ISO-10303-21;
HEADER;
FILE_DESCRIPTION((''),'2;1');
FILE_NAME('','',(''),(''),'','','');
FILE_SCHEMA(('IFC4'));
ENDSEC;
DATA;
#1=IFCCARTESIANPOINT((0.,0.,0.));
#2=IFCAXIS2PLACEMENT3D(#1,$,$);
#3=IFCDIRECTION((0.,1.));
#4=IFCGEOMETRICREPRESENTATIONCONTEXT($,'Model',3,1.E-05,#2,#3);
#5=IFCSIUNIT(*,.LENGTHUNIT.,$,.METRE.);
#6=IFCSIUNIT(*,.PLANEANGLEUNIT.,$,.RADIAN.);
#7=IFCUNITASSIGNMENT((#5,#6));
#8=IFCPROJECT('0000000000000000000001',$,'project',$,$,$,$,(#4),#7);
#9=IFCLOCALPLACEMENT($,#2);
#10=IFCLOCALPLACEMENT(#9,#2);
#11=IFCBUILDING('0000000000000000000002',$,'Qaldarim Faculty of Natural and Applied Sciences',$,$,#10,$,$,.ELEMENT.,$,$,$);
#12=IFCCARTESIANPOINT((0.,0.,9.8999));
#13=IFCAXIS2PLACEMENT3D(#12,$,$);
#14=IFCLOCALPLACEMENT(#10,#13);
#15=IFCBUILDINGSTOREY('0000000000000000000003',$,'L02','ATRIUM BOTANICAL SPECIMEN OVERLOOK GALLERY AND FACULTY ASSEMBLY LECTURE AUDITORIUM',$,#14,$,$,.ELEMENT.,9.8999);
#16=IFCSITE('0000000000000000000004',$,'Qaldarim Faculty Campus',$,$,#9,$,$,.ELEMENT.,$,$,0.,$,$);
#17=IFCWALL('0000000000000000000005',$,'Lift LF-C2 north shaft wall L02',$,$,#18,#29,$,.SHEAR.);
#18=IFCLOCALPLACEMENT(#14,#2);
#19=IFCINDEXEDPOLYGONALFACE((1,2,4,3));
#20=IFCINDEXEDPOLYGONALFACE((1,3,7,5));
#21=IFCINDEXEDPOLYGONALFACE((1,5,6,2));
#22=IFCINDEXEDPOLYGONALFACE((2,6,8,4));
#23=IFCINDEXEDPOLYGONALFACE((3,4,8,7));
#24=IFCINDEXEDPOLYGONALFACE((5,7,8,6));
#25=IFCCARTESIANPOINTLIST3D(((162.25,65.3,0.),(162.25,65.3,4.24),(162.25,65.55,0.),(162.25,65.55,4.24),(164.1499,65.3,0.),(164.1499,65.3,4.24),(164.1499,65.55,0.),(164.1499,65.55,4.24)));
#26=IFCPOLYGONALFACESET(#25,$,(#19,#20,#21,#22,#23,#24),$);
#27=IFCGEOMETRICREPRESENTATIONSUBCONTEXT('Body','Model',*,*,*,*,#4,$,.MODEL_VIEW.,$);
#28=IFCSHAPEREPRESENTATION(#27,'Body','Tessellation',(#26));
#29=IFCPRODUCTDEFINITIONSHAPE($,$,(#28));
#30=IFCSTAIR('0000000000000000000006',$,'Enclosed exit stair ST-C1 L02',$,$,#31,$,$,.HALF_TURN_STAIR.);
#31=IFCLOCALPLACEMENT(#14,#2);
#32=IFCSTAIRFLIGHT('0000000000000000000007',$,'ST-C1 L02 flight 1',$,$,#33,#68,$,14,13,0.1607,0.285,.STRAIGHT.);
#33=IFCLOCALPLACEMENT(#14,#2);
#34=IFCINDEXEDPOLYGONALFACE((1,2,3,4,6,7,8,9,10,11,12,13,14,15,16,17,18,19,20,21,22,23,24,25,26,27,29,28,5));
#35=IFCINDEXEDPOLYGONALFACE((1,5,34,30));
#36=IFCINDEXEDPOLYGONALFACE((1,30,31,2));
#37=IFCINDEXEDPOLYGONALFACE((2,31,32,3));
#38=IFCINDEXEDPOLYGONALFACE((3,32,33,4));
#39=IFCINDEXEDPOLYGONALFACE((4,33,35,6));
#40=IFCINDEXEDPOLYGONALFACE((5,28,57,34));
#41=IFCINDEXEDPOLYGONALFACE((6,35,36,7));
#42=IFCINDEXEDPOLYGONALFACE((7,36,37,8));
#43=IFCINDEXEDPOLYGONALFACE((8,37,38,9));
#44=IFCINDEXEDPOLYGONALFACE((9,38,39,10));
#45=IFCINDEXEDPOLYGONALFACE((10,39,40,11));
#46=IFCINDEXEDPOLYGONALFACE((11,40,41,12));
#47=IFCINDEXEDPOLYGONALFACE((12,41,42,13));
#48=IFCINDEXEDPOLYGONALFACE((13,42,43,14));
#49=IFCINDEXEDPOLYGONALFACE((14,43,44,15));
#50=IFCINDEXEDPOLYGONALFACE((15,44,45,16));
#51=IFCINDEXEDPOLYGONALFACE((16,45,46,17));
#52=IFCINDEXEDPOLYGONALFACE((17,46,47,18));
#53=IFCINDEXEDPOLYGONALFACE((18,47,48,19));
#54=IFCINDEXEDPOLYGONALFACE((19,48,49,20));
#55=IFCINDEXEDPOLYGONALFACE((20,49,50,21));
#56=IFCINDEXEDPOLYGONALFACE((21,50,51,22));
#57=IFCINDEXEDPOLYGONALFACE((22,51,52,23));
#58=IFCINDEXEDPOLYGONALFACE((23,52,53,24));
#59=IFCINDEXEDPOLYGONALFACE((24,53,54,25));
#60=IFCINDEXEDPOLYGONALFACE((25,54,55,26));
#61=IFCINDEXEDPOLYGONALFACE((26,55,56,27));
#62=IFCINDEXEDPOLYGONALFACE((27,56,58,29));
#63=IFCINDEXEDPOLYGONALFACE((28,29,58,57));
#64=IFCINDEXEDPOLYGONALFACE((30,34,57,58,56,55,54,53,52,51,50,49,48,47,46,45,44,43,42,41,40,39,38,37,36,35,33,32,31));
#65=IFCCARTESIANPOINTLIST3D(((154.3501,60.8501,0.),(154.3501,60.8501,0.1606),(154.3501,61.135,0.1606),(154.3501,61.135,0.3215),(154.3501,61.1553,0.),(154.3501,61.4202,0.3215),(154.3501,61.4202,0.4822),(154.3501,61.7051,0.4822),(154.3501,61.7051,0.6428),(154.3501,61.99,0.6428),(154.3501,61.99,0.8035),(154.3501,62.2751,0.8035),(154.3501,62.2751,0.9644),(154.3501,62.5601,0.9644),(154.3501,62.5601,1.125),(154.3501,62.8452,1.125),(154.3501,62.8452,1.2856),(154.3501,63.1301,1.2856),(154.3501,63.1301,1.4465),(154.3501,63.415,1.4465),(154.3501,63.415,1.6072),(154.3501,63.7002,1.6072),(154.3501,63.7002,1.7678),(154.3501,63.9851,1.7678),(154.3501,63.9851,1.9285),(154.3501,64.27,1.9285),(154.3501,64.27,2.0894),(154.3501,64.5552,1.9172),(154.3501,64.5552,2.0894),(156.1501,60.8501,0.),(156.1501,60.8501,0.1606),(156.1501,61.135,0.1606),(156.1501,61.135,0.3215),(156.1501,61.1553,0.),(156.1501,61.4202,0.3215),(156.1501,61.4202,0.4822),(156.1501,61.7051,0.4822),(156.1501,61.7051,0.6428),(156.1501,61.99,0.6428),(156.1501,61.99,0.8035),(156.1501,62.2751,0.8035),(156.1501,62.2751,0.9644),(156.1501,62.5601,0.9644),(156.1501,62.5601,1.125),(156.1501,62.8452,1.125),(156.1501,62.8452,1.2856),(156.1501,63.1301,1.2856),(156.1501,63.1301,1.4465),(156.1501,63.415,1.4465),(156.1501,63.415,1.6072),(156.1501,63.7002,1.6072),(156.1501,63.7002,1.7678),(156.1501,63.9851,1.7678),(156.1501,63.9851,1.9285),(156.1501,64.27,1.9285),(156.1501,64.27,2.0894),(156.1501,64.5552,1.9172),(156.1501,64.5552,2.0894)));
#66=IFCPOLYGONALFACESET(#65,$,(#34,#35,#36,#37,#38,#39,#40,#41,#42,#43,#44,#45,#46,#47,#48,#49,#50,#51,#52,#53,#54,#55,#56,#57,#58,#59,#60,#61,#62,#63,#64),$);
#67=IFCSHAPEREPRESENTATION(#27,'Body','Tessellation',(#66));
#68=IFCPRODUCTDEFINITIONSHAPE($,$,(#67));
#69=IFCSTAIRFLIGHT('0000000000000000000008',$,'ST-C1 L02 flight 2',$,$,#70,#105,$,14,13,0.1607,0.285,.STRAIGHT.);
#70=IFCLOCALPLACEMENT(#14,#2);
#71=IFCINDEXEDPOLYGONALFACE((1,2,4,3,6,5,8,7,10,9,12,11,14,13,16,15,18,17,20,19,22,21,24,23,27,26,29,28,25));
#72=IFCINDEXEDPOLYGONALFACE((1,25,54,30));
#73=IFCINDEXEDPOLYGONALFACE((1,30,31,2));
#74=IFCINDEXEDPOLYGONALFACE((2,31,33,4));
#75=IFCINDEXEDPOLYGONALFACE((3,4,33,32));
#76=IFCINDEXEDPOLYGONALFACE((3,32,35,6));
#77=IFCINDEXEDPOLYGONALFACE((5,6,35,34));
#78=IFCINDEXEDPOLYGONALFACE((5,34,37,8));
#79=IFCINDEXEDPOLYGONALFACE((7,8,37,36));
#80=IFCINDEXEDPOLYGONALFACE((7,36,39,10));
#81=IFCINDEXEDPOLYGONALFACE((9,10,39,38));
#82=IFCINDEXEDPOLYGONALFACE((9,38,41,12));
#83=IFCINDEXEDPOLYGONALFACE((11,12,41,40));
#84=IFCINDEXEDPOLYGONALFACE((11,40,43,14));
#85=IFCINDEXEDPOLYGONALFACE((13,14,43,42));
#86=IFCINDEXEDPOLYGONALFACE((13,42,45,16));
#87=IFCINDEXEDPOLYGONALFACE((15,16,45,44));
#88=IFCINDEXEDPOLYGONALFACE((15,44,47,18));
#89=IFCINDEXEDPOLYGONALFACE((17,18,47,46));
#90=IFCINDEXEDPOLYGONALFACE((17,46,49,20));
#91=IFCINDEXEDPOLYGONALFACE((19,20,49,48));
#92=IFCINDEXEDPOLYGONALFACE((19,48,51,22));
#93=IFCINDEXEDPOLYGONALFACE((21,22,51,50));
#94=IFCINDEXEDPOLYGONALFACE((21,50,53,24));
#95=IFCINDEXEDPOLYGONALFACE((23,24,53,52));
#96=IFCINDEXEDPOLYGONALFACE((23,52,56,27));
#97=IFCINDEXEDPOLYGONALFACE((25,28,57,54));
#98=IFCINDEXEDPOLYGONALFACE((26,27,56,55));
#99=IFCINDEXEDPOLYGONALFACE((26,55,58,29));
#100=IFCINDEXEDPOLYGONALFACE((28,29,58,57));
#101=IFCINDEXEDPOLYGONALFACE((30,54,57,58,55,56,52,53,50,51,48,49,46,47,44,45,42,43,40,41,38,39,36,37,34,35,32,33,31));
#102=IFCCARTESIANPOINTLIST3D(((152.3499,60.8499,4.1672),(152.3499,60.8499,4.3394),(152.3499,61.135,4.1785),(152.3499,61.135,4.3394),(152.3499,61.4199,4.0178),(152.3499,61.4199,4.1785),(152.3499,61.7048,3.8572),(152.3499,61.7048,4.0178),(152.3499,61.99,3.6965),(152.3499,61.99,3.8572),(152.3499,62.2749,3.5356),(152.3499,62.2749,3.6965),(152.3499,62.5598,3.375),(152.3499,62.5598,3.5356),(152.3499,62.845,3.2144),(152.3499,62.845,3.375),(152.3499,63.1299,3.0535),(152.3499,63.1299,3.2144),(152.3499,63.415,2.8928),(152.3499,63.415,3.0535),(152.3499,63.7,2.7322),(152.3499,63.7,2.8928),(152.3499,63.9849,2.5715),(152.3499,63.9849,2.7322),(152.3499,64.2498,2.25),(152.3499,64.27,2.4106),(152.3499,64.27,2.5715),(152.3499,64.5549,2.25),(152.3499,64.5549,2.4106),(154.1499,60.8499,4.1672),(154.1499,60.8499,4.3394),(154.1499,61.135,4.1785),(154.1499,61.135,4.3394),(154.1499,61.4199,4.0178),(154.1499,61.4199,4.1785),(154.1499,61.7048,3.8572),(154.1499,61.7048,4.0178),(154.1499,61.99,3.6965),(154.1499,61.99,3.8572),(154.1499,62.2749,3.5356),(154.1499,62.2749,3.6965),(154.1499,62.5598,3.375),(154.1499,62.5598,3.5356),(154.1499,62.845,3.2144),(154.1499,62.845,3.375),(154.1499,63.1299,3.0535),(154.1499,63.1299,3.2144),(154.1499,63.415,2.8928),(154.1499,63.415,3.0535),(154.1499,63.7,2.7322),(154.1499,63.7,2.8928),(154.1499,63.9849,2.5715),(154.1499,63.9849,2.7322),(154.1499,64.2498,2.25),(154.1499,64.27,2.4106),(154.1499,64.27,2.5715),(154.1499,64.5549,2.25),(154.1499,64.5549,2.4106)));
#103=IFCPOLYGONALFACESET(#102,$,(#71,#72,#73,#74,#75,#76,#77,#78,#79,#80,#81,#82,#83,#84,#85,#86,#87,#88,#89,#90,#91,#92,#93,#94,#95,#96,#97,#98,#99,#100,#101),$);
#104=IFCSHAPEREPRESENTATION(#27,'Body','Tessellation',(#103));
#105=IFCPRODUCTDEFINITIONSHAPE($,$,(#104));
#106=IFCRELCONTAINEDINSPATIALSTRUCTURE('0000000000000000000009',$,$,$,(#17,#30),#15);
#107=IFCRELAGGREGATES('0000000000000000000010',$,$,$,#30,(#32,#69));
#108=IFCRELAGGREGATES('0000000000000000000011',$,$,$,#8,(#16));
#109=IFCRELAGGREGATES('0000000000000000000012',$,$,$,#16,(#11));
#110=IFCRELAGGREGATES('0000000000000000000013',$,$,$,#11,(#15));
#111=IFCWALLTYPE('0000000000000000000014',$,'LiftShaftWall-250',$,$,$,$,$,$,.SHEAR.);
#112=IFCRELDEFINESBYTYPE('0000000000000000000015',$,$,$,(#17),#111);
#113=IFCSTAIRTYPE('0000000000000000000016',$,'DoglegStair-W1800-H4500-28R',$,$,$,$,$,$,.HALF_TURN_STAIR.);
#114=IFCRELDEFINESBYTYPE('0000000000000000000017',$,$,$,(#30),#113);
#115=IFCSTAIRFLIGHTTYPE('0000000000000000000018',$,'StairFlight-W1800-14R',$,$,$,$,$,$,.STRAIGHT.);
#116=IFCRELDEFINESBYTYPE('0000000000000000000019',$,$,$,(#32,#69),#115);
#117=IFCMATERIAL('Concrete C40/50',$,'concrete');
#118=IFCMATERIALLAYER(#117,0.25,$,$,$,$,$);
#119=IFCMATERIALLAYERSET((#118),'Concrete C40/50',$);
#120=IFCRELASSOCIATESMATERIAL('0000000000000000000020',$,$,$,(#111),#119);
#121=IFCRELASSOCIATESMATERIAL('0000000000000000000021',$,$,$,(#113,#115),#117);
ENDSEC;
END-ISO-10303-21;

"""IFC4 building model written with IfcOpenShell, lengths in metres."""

from ifc_helpers import new_model, si_unit, direction, frame, frame_2d, origin, place, context, subcontext, project, spatial, polyline, rectangle, outline, extrude, material, layer, layer_set, type_object, element, aggregate, save


model = new_model("IFC4")

# Units and contexts
model_context = context("Model", 3, precision=1e-05, world=origin(), true_north=direction((0.0, 1.0)))
body_context = subcontext(model_context, "Body", "Model", "MODEL_VIEW")
ifc_project = project(units=[si_unit("LENGTHUNIT", "METRE"), si_unit("PLANEANGLEUNIT", "RADIAN")], contexts=[model_context])

# Site, building, storey
site_placement = place(None, origin())
site = spatial("IfcSite", under=ifc_project, at=site_placement, Name="Qaldarim Faculty Campus", CompositionType="ELEMENT", RefElevation=0.0)
building_placement = place(site_placement, origin())
building = spatial("IfcBuilding", under=site, at=building_placement, Name="Qaldarim Faculty of Natural and Applied Sciences", CompositionType="ELEMENT")
storey_placement = place(building_placement, frame((0.0, 0.0, 9.8999)))
storey = spatial("IfcBuildingStorey", under=building, at=storey_placement, Name="L02", Description="ATRIUM BOTANICAL SPECIMEN OVERLOOK GALLERY AND FACULTY ASSEMBLY LECTURE AUDITORIUM", CompositionType="ELEMENT", Elevation=9.8999)

# Shared definitions
ifc_material_1 = material(Name="Concrete C40/50", Category="concrete")

# Shared definitions
ifc_layer_1 = layer(ifc_material_1, 0.25)
ifc_layer_set_1 = layer_set([ifc_layer_1], Name="Concrete C40/50")
wall_type_1 = type_object("IfcWallType", Name="LiftShaftWall-250", PredefinedType="SHEAR", material=ifc_layer_set_1)

# Wall
for number, where, z_axis, x_axis, name in (
    (1, (162.25, 65.425, 0.0), (0.0, 0.0, 1.0), (1.0, 0.0, 0.0), "Lift LF-C2 north shaft wall L02"),
):
    element("IfcWall", number, at=place(storey_placement, frame(where, z_axis=z_axis, x_axis=x_axis)), inside=storey, type_object=wall_type_1, Name=name, PredefinedType="SHEAR", context=body_context, shape_type="SweptSolid", body=[
        extrude(rectangle(XDim=1.8999, YDim=0.25, at=frame_2d((0.95, 0.0))), origin(), (0.0, 0.0, 1.0), 4.24),
    ])

# Stair, stair flights
stair_type = type_object("IfcStairType", Name="DoglegStair-W1800-H4500-28R", PredefinedType="HALF_TURN_STAIR", material=ifc_material_1)
stair_placement = place(storey_placement, origin())
stair = element("IfcStair", 2, at=stair_placement, inside=storey, type_object=stair_type, Name="Enclosed exit stair ST-C1 L02", PredefinedType="HALF_TURN_STAIR")
stair_flight_type = type_object("IfcStairFlightType", Name="StairFlight-W1800-14R", PredefinedType="STRAIGHT", material=ifc_material_1)
stair_flight_1_placement = place(storey_placement, frame((155.25, 60.8501, 0.0), z_axis=(0.0, 0.0, 1.0), x_axis=(0.0, 1.0, 0.0)))
stair_flight_1 = element("IfcStairFlight", 3, at=stair_flight_1_placement, type_object=stair_flight_type, Name="ST-C1 L02 flight 1", NumberOfRisers=14, NumberOfTreads=13, PredefinedType="STRAIGHT", RiserHeight=0.1607, TreadLength=0.285, context=body_context, shape_type="SweptSolid", body=[
    extrude(outline(polyline([(0.0, 0.0), (0.0, 0.1606), (0.2849, 0.1606), (0.2849, 0.3215), (0.5701, 0.3215), (0.5701, 0.4822), (0.855, 0.4822), (0.855, 0.6428), (1.1399, 0.6428), (1.1399, 0.8035), (1.425, 0.8035), (1.425, 0.9644), (1.71, 0.9644), (1.71, 1.125), (1.9951, 1.125), (1.9951, 1.2856), (2.28, 1.2856), (2.28, 1.4465), (2.5649, 1.4465), (2.5649, 1.6072), (2.8501, 1.6072), (2.8501, 1.7678), (3.135, 1.7678), (3.135, 1.9285), (3.4199, 1.9285), (3.4199, 2.0894), (3.7051, 2.0894), (3.7051, 2.25), (3.7051, 1.9172), (0.3052, 0.0), (0.0, 0.0)])), frame((0.0, 0.8999, 0.0), z_axis=(0.0, -1.0, 0.0), x_axis=(1.0, 0.0, 0.0)), (0.0, 0.0, 1.0), 1.8),
])
stair_flight_2_placement = place(storey_placement, frame((153.25, 64.5549, 2.25), z_axis=(0.0, 0.0, 1.0), x_axis=(0.0, -1.0, 0.0)))
stair_flight_2 = element("IfcStairFlight", 4, at=stair_flight_2_placement, type_object=stair_flight_type, Name="ST-C1 L02 flight 2", NumberOfRisers=14, NumberOfTreads=13, PredefinedType="STRAIGHT", RiserHeight=0.1607, TreadLength=0.285, context=body_context, shape_type="SweptSolid", body=[
    extrude(outline(polyline([(0.0, 0.0), (0.0, 0.1606), (0.2849, 0.1606), (0.2849, 0.3215), (0.5701, 0.3215), (0.5701, 0.4822), (0.855, 0.4822), (0.855, 0.6428), (1.1399, 0.6428), (1.1399, 0.8035), (1.425, 0.8035), (1.425, 0.9644), (1.71, 0.9644), (1.71, 1.125), (1.9951, 1.125), (1.9951, 1.2856), (2.28, 1.2856), (2.28, 1.4465), (2.5649, 1.4465), (2.5649, 1.6072), (2.8501, 1.6072), (2.8501, 1.7678), (3.135, 1.7678), (3.135, 1.9285), (3.4199, 1.9285), (3.4199, 2.0894), (3.7051, 2.0894), (3.7051, 2.25), (3.7051, 1.9172), (0.3052, 0.0), (0.0, 0.0)])), frame((0.0, 0.8999, 0.0), z_axis=(0.0, -1.0, 0.0), x_axis=(1.0, 0.0, 0.0)), (0.0, 0.0, 1.0), 1.8),
])
aggregate(stair, [stair_flight_1, stair_flight_2])

save(model, "model.ifc")
